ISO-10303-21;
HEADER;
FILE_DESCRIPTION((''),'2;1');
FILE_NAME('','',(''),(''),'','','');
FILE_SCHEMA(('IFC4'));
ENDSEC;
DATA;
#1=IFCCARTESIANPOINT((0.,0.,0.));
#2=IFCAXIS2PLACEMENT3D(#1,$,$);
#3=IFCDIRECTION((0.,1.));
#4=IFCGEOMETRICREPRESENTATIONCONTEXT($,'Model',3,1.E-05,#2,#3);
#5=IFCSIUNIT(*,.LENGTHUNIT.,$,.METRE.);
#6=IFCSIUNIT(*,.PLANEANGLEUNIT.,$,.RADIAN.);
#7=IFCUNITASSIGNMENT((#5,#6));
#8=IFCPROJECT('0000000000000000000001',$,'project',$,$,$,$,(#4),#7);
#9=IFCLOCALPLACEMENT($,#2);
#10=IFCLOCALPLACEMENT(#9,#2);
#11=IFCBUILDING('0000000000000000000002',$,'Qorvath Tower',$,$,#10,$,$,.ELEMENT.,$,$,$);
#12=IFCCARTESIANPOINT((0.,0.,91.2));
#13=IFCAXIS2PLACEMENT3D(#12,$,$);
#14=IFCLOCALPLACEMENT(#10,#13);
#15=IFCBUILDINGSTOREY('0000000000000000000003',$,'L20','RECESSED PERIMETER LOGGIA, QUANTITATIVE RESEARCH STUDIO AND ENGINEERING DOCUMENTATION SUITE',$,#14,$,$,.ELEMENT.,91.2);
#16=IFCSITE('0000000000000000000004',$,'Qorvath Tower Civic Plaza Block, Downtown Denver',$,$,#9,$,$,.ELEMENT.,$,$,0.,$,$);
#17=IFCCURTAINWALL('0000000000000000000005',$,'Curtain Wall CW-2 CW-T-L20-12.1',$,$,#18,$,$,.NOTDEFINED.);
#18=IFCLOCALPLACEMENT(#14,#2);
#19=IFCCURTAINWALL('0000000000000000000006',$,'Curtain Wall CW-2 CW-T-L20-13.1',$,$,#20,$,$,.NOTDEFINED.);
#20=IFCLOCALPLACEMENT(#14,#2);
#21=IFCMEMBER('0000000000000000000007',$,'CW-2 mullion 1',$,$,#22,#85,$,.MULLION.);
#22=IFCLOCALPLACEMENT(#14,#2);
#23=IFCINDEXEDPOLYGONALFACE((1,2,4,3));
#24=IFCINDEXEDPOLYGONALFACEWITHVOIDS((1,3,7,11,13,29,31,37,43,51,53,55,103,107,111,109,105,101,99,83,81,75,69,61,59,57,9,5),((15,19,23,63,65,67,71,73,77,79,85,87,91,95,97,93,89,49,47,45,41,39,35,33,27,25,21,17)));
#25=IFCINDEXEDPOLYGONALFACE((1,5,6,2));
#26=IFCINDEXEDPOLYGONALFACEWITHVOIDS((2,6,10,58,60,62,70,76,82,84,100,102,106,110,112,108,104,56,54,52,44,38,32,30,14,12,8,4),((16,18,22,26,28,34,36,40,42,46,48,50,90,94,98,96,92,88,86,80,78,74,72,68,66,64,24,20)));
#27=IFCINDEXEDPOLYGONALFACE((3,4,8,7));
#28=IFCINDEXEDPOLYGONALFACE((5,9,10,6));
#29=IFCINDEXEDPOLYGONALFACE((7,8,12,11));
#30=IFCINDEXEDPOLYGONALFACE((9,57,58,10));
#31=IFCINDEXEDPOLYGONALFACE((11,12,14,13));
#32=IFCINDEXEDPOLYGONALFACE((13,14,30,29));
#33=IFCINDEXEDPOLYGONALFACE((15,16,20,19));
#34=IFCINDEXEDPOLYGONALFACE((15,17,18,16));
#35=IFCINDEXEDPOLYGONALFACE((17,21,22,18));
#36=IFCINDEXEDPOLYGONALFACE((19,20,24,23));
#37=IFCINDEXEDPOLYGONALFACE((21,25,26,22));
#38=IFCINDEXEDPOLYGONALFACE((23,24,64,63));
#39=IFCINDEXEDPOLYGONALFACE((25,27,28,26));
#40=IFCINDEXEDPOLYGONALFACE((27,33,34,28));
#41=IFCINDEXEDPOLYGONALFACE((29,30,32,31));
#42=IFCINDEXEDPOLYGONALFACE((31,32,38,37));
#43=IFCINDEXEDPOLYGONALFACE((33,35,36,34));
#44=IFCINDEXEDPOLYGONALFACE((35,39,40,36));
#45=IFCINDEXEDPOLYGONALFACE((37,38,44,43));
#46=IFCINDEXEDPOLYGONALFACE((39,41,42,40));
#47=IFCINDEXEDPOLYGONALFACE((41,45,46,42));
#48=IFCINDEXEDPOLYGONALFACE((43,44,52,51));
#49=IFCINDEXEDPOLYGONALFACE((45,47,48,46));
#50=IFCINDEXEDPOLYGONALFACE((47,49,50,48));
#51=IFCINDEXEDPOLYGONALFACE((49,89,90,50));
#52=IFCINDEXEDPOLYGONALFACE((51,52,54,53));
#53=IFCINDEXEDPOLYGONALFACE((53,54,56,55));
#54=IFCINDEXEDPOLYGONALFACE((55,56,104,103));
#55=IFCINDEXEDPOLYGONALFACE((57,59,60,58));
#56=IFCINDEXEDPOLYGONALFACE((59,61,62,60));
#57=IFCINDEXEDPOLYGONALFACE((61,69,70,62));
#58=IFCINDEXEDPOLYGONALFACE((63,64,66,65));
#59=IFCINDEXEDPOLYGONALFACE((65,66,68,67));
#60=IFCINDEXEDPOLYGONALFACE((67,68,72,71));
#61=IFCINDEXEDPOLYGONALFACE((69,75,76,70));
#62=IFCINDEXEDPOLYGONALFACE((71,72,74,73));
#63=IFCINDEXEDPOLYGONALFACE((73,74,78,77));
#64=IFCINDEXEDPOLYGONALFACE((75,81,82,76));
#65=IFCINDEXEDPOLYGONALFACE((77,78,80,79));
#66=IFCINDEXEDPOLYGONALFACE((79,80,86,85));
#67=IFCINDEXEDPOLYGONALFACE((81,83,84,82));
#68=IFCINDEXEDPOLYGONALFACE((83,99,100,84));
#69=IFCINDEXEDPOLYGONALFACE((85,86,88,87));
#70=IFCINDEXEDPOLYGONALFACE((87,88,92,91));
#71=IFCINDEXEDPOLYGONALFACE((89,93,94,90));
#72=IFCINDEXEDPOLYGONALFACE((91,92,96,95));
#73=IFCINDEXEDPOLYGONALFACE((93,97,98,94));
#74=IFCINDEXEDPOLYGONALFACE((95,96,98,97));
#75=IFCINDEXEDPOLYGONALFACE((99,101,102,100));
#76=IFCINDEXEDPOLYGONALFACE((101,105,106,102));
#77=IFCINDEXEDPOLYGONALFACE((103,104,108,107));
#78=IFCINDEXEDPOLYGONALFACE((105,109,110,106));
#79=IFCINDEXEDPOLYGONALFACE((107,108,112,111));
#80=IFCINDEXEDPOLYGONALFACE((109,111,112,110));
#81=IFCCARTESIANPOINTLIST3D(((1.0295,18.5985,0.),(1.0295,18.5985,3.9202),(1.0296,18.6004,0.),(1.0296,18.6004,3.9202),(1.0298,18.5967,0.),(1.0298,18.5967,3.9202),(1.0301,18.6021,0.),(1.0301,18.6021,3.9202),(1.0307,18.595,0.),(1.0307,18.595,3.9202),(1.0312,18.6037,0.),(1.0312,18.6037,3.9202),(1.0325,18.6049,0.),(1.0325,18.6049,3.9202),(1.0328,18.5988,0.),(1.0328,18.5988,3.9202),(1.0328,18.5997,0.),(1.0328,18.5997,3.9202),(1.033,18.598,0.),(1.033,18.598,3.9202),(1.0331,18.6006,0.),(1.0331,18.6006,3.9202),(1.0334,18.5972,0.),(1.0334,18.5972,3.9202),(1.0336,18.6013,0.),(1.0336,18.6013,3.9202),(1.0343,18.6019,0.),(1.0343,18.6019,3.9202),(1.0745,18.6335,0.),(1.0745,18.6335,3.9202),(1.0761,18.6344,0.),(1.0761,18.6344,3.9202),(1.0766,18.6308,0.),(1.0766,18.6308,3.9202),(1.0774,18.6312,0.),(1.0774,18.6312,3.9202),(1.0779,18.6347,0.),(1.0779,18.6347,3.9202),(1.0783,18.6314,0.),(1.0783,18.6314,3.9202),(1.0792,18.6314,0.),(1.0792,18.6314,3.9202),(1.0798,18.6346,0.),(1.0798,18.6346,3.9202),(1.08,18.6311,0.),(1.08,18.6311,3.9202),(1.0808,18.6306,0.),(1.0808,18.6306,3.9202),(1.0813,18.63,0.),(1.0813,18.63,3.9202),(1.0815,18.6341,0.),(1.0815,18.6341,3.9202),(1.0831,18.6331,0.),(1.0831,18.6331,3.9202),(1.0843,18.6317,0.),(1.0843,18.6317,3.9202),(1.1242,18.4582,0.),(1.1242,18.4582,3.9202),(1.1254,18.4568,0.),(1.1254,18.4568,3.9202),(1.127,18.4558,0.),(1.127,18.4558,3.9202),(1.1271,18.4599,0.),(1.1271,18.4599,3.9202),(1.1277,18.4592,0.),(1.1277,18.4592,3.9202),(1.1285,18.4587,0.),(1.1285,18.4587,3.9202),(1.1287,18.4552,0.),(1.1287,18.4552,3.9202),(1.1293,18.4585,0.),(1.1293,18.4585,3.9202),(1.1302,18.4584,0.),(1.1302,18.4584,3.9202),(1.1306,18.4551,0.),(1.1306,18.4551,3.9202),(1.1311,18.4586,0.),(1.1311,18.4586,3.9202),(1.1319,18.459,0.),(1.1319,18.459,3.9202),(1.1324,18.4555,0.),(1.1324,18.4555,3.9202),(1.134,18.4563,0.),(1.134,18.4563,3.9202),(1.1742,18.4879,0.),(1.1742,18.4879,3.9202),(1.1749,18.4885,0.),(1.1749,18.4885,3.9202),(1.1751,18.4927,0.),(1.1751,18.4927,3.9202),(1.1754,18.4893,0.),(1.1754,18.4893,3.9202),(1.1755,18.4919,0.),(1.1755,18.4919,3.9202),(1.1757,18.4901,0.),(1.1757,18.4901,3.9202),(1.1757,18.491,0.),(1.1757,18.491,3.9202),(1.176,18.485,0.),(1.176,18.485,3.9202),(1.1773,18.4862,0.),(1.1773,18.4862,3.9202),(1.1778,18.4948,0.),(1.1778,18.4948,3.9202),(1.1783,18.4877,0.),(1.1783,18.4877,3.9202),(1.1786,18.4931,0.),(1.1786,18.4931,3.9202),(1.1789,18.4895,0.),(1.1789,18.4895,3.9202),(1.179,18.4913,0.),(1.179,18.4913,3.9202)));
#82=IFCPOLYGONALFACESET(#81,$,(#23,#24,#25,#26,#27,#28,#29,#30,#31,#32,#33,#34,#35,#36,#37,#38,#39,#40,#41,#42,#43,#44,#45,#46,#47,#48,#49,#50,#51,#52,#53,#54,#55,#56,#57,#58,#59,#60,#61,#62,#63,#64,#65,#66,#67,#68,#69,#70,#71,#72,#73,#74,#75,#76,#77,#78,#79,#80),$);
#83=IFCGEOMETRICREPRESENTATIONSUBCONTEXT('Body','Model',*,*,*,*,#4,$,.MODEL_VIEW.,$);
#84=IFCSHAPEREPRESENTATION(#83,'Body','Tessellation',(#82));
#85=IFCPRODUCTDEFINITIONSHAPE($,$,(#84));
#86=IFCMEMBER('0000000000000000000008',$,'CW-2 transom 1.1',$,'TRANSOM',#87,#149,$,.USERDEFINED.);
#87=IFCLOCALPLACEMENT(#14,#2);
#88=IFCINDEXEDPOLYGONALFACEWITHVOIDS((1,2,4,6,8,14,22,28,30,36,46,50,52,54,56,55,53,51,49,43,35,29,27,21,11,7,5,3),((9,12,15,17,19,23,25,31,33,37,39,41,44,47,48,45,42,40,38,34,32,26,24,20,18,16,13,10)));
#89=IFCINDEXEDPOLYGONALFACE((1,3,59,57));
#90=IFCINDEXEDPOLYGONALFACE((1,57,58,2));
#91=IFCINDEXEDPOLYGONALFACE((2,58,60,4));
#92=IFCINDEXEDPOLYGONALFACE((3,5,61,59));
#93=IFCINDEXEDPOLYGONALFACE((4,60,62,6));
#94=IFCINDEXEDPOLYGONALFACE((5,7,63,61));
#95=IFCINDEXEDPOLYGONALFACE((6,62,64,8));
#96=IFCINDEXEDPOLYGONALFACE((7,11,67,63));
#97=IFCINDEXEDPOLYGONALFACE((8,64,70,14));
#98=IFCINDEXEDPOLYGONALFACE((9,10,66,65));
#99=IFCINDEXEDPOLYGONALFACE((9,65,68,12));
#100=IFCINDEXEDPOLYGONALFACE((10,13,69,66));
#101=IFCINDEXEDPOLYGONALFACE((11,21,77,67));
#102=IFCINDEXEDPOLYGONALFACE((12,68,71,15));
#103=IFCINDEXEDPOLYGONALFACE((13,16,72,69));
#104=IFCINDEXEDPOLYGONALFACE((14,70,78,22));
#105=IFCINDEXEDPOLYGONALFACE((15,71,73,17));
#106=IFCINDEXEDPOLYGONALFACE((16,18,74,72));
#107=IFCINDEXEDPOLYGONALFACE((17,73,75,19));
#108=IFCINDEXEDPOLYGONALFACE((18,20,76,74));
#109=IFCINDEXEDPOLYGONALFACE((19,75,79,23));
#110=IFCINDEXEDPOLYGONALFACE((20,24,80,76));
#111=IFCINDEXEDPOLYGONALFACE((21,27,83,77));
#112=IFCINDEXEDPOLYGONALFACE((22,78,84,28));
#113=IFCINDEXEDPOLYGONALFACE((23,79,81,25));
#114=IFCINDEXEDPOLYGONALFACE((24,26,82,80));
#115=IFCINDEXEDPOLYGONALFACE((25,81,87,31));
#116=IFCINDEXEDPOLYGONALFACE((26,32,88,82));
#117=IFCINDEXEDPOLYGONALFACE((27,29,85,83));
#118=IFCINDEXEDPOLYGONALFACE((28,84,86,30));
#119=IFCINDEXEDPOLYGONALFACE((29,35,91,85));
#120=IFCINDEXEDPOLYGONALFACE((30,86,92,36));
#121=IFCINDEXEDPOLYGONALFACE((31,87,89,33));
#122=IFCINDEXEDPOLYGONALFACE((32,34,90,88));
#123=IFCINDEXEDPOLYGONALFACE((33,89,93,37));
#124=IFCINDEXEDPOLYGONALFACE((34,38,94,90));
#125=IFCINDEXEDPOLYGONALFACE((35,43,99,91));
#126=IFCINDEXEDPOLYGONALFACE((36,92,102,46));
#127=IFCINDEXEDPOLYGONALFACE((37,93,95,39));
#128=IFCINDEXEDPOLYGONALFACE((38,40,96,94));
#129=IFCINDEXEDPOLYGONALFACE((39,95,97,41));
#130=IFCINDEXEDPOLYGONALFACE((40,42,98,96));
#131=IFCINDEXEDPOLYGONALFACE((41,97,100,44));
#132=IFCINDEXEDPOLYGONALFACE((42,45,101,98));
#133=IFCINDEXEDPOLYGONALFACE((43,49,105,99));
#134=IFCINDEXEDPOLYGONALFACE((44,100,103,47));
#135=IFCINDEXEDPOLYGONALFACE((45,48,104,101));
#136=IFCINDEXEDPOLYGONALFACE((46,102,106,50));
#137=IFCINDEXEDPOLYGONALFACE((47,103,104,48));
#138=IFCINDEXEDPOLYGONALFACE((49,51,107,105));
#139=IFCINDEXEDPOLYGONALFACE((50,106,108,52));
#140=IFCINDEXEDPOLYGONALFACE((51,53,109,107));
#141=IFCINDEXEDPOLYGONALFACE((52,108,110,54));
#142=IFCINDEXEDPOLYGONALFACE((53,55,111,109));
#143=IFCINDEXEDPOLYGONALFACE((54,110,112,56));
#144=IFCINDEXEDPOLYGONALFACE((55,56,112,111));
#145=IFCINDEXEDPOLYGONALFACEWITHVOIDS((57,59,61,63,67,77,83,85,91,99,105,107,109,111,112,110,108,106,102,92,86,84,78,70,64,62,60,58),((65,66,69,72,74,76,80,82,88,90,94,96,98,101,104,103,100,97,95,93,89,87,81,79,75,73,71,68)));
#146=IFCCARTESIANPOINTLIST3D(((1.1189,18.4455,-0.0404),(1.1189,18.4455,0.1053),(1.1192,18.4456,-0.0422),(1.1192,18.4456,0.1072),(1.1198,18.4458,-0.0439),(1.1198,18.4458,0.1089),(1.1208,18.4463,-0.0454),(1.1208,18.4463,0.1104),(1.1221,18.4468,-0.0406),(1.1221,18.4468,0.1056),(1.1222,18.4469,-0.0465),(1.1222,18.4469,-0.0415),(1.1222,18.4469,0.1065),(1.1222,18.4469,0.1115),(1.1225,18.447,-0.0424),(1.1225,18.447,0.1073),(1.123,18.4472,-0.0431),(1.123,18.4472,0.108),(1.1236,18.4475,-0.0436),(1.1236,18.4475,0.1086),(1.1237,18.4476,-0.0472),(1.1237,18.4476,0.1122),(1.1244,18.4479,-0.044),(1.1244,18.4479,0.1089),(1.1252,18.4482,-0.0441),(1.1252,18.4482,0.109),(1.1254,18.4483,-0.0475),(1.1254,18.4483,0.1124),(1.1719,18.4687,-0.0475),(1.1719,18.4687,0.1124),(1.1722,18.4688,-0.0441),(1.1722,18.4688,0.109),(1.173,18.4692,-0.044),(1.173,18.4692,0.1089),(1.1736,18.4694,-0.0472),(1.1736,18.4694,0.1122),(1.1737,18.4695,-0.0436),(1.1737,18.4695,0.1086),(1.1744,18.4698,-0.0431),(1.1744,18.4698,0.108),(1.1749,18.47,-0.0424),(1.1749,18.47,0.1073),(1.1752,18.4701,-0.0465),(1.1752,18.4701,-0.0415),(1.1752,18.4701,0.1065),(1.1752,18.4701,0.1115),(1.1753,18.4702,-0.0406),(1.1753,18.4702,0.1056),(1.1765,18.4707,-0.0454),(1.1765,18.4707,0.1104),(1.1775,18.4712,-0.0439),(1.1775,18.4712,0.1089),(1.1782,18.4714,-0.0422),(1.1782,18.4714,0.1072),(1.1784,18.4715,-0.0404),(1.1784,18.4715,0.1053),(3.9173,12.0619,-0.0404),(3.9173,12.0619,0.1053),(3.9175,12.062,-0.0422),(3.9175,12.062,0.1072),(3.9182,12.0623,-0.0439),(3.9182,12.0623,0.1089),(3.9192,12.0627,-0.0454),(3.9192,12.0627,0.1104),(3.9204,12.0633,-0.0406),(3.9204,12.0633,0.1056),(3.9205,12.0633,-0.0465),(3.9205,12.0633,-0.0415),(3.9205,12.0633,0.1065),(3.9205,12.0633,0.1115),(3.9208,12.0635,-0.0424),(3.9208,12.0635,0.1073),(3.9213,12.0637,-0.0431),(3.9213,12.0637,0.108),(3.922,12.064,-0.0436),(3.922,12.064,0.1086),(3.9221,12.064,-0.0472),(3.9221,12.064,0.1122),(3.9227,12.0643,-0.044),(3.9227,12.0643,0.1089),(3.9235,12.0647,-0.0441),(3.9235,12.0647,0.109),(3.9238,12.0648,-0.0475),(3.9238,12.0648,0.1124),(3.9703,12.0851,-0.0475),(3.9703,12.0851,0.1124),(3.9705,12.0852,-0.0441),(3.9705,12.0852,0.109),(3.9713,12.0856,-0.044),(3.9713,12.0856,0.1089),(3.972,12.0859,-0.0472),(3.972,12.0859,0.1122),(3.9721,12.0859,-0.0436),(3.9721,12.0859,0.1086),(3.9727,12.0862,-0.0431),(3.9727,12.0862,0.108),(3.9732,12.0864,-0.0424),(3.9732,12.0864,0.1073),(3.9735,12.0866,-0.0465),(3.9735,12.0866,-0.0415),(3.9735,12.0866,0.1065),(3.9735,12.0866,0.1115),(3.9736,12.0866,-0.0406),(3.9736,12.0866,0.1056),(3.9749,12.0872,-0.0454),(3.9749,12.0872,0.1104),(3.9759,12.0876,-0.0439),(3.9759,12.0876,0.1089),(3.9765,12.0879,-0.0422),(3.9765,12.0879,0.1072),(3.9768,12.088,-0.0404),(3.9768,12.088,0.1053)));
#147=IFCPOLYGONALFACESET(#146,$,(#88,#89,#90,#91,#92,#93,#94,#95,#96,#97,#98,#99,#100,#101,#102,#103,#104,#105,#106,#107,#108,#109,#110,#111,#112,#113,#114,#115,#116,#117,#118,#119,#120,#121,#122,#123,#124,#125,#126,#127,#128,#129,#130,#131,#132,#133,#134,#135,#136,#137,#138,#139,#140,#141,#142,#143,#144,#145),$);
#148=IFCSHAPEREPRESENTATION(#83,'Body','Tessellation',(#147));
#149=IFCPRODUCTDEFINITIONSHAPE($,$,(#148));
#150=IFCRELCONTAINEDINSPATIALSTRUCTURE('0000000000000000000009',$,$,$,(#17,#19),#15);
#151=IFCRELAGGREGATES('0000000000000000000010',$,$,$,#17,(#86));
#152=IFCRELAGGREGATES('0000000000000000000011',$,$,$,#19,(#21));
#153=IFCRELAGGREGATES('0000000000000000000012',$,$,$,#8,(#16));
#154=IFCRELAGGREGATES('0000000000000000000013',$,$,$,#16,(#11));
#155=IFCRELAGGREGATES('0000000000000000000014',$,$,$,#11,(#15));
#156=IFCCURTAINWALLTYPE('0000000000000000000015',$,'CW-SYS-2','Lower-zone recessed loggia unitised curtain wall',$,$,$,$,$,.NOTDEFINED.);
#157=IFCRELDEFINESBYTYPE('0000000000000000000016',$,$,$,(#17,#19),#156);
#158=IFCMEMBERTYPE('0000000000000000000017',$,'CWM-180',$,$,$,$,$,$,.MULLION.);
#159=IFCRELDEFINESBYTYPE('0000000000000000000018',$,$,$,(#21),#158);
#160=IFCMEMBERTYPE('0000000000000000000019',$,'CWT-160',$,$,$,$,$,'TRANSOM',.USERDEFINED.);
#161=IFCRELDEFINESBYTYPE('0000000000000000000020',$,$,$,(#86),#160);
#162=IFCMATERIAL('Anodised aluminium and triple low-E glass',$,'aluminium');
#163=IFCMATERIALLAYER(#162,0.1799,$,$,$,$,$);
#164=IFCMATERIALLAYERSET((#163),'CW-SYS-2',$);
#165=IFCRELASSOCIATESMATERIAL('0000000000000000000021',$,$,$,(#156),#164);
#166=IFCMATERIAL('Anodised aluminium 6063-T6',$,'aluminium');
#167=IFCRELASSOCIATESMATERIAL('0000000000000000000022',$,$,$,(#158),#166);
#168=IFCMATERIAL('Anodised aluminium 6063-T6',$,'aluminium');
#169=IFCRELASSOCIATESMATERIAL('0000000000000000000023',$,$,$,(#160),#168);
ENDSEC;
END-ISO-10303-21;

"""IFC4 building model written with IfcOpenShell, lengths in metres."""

from ifc_helpers import new_model, si_unit, direction, frame, origin, origin_2d, place, context, subcontext, project, spatial, hollow_rectangle, extrude, material, layer, layer_set, material_profile, profile_set, type_object, element, aggregate, save


model = new_model("IFC4")

# Units and contexts
model_context = context("Model", 3, precision=1e-05, world=origin(), true_north=direction((0.0, 1.0)))
body_context = subcontext(model_context, "Body", "Model", "MODEL_VIEW")
ifc_project = project(units=[si_unit("LENGTHUNIT", "METRE"), si_unit("PLANEANGLEUNIT", "RADIAN")], contexts=[model_context])

# Site, building, storey
site_placement = place(None, origin())
site = spatial("IfcSite", under=ifc_project, at=site_placement, Name="Qorvath Tower Civic Plaza Block, Downtown Denver", CompositionType="ELEMENT", RefElevation=0.0)
building_placement = place(site_placement, origin())
building = spatial("IfcBuilding", under=site, at=building_placement, Name="Qorvath Tower", CompositionType="ELEMENT")
storey_placement = place(building_placement, frame((0.0, 0.0, 91.2)))
storey = spatial("IfcBuildingStorey", under=building, at=storey_placement, Name="L20", Description="RECESSED PERIMETER LOGGIA, QUANTITATIVE RESEARCH STUDIO AND ENGINEERING DOCUMENTATION SUITE", CompositionType="ELEMENT", Elevation=91.2)

# Shared definitions
ifc_material_1 = material(Name="Anodised aluminium and triple low-E glass", Category="aluminium")
ifc_layer_1 = layer(ifc_material_1, 0.1799)
ifc_layer_set_1 = layer_set([ifc_layer_1], Name="CW-SYS-2")
curtain_wall_type = type_object("IfcCurtainWallType", Name="CW-SYS-2", Description="Lower-zone recessed loggia unitised curtain wall", PredefinedType="NOTDEFINED", material=ifc_layer_set_1)
ifc_material_2 = material(Name="Anodised aluminium 6063-T6", Category="aluminium")
ifc_material_profile_1 = material_profile(ifc_material_2, hollow_rectangle(XDim=0.0649, YDim=0.1799, WallThickness=0.0034, InnerFilletRadius=0.0034, OuterFilletRadius=0.0071, at=origin_2d()), Name="CWM 180x65")
ifc_profile_set_1 = profile_set([ifc_material_profile_1], Name="Anodised aluminium 6063-T6")
member_type_1 = type_object("IfcMemberType", Name="CWM-180", PredefinedType="MULLION", material=ifc_profile_set_1)

# Curtain wall
curtain_wall_1_placement = place(storey_placement, origin())
curtain_wall_1 = element("IfcCurtainWall", 1, at=curtain_wall_1_placement, inside=storey, type_object=curtain_wall_type, Name="Curtain Wall CW-2 CW-T-L20-12.1", PredefinedType="NOTDEFINED")

# Curtain wall, member
curtain_wall_2_placement = place(storey_placement, origin())
curtain_wall_2 = element("IfcCurtainWall", 2, at=curtain_wall_2_placement, inside=storey, type_object=curtain_wall_type, Name="Curtain Wall CW-2 CW-T-L20-13.1", PredefinedType="NOTDEFINED")
member_1_placement = place(storey_placement, frame((1.1042, 18.5449, 0.0), z_axis=(0.0, 0.0, 1.0), x_axis=(-0.825733, -0.564062, 0.0)))
member_1 = element("IfcMember", 3, at=member_1_placement, type_object=member_type_1, Name="CW-2 mullion 1", PredefinedType="MULLION", context=body_context, shape_type="SweptSolid", body=[
    extrude(hollow_rectangle(XDim=0.0649, YDim=0.1799, WallThickness=0.0034, InnerFilletRadius=0.0034, OuterFilletRadius=0.0071, at=origin_2d()), origin(), (0.0, 0.0, 1.0), 3.9202),
])

# Member
ifc_material_3 = material(Name="Anodised aluminium 6063-T6", Category="aluminium")
ifc_material_profile_2 = material_profile(ifc_material_3, hollow_rectangle(XDim=0.0649, YDim=0.1599, WallThickness=0.0034, InnerFilletRadius=0.0034, OuterFilletRadius=0.0071, at=origin_2d()), Name="CWT 160x65")
ifc_profile_set_2 = profile_set([ifc_material_profile_2], Name="Anodised aluminium 6063-T6")
member_type_2 = type_object("IfcMemberType", Name="CWT-160", ElementType="TRANSOM", PredefinedType="USERDEFINED", material=ifc_profile_set_2)
member_2_placement = place(storey_placement, frame((3.947, 12.075, 0.0325), z_axis=(-0.401486, 0.915865, 0.0), x_axis=(-0.915865, -0.401486, 0.0)))
member_2 = element("IfcMember", 4, at=member_2_placement, type_object=member_type_2, Name="CW-2 transom 1.1", ObjectType="TRANSOM", PredefinedType="USERDEFINED", context=body_context, shape_type="SweptSolid", body=[
    extrude(hollow_rectangle(XDim=0.0649, YDim=0.1599, WallThickness=0.0034, InnerFilletRadius=0.0034, OuterFilletRadius=0.0071, at=origin_2d()), origin(), (0.0, 0.0, 1.0), 6.97),
])

aggregate(curtain_wall_1, [member_2])
aggregate(curtain_wall_2, [member_1])

save(model, "model.ifc")
